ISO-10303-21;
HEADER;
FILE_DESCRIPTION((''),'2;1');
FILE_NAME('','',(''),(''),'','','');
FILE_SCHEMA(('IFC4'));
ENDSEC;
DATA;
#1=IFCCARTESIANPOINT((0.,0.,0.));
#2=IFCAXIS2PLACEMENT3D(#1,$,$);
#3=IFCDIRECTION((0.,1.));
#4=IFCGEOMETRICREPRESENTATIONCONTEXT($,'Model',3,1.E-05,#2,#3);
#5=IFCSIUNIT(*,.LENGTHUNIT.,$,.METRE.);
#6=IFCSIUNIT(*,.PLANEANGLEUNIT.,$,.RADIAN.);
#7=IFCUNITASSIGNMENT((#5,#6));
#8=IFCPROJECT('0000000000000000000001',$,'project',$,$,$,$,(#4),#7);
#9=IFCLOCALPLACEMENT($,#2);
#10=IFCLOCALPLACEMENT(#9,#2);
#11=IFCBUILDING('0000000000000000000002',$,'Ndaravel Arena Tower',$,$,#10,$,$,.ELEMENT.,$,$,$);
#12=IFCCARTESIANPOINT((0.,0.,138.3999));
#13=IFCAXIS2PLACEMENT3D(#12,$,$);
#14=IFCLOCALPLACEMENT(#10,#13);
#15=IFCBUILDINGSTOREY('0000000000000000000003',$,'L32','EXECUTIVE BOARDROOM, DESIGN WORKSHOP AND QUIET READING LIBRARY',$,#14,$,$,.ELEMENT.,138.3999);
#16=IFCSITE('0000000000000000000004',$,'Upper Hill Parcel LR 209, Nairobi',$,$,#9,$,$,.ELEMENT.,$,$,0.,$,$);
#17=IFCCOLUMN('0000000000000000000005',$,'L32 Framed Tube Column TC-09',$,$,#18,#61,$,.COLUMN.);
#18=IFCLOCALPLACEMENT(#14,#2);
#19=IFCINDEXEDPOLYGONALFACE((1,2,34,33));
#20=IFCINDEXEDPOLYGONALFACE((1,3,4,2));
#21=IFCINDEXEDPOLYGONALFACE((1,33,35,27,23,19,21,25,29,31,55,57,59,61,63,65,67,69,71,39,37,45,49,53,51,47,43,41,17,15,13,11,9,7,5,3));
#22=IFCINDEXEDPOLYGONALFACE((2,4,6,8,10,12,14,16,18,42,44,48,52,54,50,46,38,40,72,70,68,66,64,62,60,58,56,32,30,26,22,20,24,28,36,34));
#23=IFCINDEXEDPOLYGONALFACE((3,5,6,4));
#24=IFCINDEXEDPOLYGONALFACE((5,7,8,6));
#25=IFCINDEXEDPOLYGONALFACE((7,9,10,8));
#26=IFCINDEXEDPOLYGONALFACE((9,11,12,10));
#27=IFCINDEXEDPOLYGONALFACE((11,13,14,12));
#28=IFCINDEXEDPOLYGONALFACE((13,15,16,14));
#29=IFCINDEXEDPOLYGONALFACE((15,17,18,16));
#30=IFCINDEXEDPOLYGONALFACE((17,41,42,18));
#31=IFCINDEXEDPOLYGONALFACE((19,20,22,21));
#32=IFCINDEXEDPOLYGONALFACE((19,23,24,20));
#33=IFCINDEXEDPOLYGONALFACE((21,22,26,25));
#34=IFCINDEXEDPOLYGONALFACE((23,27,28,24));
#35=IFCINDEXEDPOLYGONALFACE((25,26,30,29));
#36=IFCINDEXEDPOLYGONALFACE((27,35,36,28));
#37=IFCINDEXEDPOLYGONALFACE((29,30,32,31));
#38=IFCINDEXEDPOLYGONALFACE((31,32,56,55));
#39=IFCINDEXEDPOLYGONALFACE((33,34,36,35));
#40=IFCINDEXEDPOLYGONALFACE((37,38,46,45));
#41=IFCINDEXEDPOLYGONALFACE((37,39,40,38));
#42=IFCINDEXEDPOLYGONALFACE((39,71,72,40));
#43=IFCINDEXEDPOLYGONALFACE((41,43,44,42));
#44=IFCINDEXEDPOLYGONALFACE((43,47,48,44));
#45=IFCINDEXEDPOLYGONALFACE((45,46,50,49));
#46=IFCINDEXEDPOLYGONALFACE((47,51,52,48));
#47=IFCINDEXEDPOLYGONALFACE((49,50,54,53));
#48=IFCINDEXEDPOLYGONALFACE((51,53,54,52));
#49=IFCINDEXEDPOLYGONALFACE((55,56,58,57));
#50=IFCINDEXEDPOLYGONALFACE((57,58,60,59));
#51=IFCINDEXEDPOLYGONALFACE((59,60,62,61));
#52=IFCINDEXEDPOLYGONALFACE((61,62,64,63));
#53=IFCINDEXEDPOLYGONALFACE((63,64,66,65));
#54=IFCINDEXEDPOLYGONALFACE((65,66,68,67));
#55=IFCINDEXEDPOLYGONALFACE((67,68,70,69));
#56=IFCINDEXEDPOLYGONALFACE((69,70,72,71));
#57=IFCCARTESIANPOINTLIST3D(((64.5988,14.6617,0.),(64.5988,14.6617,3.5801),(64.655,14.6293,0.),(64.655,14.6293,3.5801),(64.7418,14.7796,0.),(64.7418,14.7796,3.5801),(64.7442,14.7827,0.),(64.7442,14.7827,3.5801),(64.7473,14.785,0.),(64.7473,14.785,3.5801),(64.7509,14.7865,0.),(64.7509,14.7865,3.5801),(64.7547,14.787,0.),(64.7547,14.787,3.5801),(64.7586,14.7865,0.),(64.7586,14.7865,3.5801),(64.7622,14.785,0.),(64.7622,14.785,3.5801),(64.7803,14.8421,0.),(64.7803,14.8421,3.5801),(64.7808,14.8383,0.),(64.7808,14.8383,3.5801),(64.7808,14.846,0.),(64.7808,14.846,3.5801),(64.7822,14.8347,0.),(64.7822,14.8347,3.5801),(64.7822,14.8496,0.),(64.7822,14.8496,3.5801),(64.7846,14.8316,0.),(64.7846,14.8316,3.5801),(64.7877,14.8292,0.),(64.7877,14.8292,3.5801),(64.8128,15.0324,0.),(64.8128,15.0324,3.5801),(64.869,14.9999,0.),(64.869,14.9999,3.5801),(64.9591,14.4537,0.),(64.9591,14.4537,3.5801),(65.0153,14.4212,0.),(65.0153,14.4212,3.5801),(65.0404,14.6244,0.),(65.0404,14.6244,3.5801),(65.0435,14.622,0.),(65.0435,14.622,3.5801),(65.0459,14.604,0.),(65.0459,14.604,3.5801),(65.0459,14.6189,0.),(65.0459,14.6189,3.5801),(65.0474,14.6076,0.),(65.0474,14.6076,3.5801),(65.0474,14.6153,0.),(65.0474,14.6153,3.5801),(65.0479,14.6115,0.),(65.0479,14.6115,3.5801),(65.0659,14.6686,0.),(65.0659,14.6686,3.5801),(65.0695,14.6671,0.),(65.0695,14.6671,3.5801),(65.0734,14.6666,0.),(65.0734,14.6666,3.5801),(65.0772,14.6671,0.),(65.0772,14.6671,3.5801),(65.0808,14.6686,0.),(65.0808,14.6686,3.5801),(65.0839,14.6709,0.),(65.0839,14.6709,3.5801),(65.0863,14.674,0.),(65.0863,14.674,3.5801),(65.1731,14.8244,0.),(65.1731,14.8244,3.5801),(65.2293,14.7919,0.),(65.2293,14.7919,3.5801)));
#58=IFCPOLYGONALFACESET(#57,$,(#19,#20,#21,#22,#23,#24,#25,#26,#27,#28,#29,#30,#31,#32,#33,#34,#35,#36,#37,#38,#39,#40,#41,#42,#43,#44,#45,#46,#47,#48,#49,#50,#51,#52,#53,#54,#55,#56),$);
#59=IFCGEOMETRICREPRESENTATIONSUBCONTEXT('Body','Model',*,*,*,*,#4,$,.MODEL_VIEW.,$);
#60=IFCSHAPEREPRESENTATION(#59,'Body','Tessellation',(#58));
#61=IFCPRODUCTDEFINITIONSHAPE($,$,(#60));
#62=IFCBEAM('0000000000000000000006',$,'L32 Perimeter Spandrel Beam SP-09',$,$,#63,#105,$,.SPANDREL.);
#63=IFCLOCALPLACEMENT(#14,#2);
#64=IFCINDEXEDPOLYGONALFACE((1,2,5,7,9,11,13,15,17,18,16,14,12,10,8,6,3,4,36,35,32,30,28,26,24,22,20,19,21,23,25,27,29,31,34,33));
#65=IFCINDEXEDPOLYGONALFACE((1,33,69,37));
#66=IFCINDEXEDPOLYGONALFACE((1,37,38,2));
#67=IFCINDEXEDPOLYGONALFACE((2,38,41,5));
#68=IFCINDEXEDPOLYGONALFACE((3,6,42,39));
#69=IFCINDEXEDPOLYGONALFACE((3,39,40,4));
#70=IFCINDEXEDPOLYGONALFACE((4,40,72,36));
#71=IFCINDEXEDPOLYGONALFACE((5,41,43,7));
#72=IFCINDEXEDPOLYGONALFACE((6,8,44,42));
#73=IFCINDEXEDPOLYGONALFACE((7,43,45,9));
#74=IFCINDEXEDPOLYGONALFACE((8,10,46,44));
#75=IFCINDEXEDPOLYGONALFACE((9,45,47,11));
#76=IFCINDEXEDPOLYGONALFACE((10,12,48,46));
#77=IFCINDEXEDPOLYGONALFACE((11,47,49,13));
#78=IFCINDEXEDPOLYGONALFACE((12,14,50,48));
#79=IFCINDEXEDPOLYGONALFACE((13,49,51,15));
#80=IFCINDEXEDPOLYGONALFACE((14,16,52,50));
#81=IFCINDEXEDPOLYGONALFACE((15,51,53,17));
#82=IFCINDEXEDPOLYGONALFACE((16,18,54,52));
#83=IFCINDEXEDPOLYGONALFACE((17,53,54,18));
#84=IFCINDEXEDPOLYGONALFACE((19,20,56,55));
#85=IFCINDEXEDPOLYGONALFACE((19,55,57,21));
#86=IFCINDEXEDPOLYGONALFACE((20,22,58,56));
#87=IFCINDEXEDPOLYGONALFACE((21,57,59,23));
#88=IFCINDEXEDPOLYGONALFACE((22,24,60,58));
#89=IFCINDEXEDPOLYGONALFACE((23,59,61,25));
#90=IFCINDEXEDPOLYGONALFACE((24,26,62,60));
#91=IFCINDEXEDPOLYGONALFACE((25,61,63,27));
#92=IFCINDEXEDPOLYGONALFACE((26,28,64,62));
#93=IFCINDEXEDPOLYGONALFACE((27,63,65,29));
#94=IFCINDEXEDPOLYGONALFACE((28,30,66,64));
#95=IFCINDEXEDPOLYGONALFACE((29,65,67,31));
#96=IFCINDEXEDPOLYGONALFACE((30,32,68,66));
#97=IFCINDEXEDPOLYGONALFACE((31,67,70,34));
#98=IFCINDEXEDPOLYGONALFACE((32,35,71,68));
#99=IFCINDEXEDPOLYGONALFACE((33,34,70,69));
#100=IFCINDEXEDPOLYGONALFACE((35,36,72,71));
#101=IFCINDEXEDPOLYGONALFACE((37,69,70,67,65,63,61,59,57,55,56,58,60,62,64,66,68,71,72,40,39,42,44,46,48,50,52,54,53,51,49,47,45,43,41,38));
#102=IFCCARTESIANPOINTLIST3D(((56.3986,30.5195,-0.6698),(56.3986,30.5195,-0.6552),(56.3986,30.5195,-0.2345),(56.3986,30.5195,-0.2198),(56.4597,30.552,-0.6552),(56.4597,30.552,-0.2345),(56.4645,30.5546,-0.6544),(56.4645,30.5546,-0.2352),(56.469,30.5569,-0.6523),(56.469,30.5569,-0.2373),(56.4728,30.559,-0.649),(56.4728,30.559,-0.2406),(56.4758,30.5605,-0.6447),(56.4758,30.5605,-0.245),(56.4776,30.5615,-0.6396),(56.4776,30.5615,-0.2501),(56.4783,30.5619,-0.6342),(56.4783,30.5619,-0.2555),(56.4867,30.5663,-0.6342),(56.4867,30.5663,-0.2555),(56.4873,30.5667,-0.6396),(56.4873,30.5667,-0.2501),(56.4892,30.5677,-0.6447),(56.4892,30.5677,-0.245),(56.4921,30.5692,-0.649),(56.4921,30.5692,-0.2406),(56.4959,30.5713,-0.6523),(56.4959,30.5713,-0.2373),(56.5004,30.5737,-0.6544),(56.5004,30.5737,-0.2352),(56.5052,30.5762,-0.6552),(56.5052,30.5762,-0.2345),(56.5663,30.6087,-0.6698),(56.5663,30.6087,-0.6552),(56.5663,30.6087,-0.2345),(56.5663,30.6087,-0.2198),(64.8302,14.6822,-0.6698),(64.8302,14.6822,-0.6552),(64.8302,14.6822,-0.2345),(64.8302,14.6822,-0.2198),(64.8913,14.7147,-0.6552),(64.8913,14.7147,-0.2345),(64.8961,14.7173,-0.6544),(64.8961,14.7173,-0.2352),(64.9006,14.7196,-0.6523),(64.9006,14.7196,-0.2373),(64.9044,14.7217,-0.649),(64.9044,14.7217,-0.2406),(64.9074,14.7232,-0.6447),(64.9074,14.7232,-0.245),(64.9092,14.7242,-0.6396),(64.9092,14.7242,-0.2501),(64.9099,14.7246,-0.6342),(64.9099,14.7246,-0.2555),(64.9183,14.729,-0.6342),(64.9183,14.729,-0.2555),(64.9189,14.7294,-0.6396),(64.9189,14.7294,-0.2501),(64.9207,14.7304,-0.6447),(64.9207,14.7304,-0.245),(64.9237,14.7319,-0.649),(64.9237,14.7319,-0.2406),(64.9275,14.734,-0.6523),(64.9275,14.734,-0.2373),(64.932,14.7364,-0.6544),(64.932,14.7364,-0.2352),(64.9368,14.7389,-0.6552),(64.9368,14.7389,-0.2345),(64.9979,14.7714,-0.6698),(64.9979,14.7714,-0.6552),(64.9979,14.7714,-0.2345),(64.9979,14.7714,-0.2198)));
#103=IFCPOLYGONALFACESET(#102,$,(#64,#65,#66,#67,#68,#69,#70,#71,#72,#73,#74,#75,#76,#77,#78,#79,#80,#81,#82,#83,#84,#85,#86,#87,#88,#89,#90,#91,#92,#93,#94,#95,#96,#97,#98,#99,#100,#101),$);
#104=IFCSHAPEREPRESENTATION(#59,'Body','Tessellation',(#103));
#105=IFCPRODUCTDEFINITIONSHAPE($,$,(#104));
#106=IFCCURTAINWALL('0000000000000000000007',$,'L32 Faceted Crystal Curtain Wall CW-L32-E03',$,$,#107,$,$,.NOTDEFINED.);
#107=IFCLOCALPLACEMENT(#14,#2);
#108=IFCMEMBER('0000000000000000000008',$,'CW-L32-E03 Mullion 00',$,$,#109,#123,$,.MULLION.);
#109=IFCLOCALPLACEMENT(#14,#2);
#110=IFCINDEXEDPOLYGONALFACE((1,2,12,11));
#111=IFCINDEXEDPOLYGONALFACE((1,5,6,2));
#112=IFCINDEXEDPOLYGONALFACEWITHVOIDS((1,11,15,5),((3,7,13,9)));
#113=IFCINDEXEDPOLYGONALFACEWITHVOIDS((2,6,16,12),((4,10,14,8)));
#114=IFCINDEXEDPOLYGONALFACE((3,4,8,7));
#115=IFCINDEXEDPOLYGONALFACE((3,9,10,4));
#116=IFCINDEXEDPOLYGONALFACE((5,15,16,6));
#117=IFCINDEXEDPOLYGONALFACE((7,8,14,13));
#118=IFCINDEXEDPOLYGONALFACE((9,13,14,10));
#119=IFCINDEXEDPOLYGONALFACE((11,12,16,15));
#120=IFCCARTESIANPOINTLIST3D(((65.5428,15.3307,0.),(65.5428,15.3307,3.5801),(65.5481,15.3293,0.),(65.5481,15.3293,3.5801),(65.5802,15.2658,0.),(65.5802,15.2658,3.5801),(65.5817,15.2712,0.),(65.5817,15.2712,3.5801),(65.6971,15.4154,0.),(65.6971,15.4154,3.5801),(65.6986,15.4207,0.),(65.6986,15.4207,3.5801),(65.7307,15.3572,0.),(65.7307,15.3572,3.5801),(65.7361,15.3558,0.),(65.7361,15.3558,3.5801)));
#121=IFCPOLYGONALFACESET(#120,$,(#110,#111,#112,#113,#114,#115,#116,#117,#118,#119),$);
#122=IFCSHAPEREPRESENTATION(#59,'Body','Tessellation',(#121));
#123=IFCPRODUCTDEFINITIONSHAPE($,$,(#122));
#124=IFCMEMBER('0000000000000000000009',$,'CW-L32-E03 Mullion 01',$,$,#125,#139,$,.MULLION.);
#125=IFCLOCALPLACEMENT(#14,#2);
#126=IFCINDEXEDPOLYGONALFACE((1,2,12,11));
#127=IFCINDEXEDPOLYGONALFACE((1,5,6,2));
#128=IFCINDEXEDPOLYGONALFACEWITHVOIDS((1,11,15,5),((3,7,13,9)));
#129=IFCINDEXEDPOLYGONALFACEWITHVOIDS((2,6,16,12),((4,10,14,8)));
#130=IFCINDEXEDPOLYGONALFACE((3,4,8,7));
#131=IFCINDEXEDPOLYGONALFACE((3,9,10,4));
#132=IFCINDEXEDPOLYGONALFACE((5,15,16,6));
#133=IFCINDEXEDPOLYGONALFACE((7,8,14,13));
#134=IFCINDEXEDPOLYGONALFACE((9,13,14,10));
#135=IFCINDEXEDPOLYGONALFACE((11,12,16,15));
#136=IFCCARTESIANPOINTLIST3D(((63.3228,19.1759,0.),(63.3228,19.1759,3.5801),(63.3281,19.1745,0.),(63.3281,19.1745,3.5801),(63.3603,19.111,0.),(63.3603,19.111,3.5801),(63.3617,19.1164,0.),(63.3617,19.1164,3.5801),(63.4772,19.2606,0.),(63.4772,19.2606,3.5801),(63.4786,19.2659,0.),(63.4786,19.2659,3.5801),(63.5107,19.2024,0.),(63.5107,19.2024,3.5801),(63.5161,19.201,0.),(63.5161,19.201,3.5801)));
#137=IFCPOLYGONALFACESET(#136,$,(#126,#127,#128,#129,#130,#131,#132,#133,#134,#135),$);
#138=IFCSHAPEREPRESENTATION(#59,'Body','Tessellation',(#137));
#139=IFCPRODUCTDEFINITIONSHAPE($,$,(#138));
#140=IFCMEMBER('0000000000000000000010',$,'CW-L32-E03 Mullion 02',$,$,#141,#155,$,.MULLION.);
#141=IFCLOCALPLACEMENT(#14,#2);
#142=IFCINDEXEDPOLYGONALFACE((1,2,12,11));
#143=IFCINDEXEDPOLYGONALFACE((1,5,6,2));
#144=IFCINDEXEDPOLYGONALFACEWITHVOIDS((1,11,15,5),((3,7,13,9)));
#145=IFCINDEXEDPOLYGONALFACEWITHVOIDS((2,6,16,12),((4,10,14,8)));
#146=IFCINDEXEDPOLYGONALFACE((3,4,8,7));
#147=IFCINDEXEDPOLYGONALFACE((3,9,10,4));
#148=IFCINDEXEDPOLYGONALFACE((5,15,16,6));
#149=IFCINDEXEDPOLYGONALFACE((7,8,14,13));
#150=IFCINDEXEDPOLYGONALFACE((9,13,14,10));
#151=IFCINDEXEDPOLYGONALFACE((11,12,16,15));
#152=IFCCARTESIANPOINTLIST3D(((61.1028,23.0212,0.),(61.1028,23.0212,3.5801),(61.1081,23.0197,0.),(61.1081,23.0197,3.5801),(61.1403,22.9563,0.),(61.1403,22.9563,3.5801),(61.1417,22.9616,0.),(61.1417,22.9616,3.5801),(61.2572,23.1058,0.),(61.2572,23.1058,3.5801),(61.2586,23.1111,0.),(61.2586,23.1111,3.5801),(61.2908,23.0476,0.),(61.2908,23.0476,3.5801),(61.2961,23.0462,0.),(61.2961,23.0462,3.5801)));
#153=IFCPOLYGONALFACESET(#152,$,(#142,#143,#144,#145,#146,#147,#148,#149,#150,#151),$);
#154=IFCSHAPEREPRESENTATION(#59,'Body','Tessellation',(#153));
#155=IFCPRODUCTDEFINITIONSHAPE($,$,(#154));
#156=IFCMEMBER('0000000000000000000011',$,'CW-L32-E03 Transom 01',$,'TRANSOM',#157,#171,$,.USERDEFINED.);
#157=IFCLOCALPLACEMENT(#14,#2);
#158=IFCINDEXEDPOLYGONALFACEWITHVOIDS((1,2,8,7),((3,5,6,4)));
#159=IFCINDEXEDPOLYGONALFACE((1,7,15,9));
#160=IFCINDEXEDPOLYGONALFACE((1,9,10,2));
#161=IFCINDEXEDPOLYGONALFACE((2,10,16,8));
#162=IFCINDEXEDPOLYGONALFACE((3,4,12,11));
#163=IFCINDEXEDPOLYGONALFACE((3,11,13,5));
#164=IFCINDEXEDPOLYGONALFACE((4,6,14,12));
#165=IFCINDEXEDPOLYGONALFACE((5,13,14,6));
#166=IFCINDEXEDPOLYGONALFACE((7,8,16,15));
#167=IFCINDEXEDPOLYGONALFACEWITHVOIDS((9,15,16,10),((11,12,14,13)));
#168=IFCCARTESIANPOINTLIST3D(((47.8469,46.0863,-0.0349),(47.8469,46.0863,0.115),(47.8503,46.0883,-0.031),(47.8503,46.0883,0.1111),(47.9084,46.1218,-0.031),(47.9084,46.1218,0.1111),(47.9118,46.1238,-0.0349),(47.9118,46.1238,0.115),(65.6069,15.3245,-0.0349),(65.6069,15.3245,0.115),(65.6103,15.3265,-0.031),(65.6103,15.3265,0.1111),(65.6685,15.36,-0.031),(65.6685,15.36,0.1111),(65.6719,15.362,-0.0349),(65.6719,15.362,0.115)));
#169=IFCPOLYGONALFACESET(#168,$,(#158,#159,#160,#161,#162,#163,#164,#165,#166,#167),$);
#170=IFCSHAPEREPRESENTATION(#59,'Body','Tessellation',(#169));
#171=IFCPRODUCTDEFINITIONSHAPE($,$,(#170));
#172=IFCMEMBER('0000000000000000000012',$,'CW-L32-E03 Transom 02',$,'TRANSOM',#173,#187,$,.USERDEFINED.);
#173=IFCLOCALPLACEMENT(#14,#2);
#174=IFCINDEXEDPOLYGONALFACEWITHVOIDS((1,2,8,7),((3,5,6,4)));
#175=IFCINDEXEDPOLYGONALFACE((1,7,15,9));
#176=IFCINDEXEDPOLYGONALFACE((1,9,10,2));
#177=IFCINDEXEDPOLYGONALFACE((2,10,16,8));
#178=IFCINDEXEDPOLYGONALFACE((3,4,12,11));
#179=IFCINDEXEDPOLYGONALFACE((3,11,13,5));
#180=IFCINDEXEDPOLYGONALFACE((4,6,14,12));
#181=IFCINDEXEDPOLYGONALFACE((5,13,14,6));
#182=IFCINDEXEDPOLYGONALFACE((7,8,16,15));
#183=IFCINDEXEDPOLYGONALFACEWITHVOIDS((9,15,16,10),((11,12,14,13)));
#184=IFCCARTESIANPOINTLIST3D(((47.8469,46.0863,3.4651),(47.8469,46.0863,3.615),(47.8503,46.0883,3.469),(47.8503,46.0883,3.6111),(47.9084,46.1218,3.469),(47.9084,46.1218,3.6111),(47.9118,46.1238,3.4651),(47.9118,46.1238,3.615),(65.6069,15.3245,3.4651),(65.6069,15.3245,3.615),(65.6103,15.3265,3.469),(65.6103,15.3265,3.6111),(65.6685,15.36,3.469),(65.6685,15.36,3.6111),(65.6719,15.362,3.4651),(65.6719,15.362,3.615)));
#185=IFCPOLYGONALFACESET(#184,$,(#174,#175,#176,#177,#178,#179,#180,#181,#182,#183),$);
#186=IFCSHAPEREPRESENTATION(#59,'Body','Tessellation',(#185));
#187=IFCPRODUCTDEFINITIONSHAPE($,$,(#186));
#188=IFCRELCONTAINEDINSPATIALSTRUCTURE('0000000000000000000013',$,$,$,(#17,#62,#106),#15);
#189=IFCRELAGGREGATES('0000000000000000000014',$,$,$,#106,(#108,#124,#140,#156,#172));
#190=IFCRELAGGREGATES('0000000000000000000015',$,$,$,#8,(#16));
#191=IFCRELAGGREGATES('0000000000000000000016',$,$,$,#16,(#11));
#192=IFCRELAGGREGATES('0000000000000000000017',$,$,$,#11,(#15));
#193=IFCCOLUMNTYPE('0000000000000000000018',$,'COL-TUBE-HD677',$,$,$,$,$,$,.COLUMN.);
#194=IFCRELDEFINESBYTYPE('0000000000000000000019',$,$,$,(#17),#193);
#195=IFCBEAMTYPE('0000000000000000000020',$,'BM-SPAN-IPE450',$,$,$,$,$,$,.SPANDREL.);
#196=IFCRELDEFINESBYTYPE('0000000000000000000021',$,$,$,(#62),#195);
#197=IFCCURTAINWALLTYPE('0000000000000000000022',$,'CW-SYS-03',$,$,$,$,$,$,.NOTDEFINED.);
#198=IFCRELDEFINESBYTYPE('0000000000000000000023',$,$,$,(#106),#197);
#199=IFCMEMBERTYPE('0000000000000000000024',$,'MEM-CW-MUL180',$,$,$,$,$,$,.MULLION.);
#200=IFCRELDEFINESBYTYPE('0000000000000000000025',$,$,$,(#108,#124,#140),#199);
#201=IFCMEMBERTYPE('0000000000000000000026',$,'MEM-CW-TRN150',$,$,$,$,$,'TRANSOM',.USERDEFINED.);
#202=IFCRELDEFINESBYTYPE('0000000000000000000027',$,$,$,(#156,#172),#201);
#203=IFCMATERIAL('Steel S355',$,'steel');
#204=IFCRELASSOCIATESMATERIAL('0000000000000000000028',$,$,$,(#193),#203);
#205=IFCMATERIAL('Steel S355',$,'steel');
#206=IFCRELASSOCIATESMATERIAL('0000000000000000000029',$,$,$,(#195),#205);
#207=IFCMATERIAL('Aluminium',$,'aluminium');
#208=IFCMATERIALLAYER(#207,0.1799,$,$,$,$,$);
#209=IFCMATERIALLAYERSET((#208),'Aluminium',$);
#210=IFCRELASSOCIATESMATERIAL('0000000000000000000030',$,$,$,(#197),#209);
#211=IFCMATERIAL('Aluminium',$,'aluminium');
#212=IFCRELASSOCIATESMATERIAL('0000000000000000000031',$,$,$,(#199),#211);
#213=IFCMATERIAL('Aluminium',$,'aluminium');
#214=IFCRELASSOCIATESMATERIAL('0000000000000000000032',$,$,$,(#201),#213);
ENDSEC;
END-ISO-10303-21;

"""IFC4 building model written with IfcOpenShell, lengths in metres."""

from ifc_helpers import new_model, si_unit, direction, frame, origin, origin_2d, place, context, subcontext, project, spatial, hollow_rectangle, i_section, extrude, material, layer, layer_set, material_profile, profile_set, type_object, element, aggregate, save


model = new_model("IFC4")

# Units and contexts
model_context = context("Model", 3, precision=1e-05, world=origin(), true_north=direction((0.0, 1.0)))
body_context = subcontext(model_context, "Body", "Model", "MODEL_VIEW")
ifc_project = project(units=[si_unit("LENGTHUNIT", "METRE"), si_unit("PLANEANGLEUNIT", "RADIAN")], contexts=[model_context])

# Site, building, storey
site_placement = place(None, origin())
site = spatial("IfcSite", under=ifc_project, at=site_placement, Name="Upper Hill Parcel LR 209, Nairobi", CompositionType="ELEMENT", RefElevation=0.0)
building_placement = place(site_placement, origin())
building = spatial("IfcBuilding", under=site, at=building_placement, Name="Ndaravel Arena Tower", CompositionType="ELEMENT")
storey_placement = place(building_placement, frame((0.0, 0.0, 138.3999)))
storey = spatial("IfcBuildingStorey", under=building, at=storey_placement, Name="L32", Description="EXECUTIVE BOARDROOM, DESIGN WORKSHOP AND QUIET READING LIBRARY", CompositionType="ELEMENT", Elevation=138.3999)

# Column
ifc_material_1 = material(Name="Steel S355", Category="steel")
ifc_material_profile_1 = material_profile(ifc_material_1, i_section(OverallWidth=0.428, OverallDepth=0.481, WebThickness=0.051, FlangeThickness=0.0649, FilletRadius=0.0149, at=origin_2d()), Name="HD 400x677")
ifc_profile_set_1 = profile_set([ifc_material_profile_1], Name="Steel S355")
column_type = type_object("IfcColumnType", Name="COL-TUBE-HD677", PredefinedType="COLUMN", material=ifc_profile_set_1)
column_placement = place(storey_placement, frame((64.9141, 14.7268, 0.0), z_axis=(0.0, 0.0, 1.0), x_axis=(0.5, 0.866025, 0.0)))
element("IfcColumn", 1, at=column_placement, inside=storey, type_object=column_type, Name="L32 Framed Tube Column TC-09", PredefinedType="COLUMN", context=body_context, shape_type="SweptSolid", body=[
    extrude(i_section(OverallWidth=0.428, OverallDepth=0.481, WebThickness=0.051, FlangeThickness=0.0649, FilletRadius=0.0149, at=origin_2d()), origin(), (0.0, 0.0, 1.0), 3.5801),
])

# Beam
ifc_material_2 = material(Name="Steel S355", Category="steel")
ifc_material_profile_2 = material_profile(ifc_material_2, i_section(OverallWidth=0.1899, OverallDepth=0.45, WebThickness=0.0095, FlangeThickness=0.0146, FilletRadius=0.021, at=origin_2d()), Name="IPE 450")
ifc_profile_set_2 = profile_set([ifc_material_profile_2], Name="Steel S355")
beam_type = type_object("IfcBeamType", Name="BM-SPAN-IPE450", PredefinedType="SPANDREL", material=ifc_profile_set_2)
beam_placement = place(storey_placement, frame((64.9141, 14.7268, -0.4448), z_axis=(-0.469938, 0.882699, 0.0), x_axis=(-0.882699, -0.469938, 0.0)))
element("IfcBeam", 2, at=beam_placement, inside=storey, type_object=beam_type, Name="L32 Perimeter Spandrel Beam SP-09", PredefinedType="SPANDREL", context=body_context, shape_type="SweptSolid", body=[
    extrude(i_section(OverallWidth=0.1899, OverallDepth=0.45, WebThickness=0.0095, FlangeThickness=0.0146, FilletRadius=0.021, at=origin_2d()), origin(), (0.0, 0.0, 1.0), 17.9419),
])

# Curtain wall, members
ifc_material_3 = material(Name="Aluminium", Category="aluminium")
ifc_layer_1 = layer(ifc_material_3, 0.1799)
ifc_layer_set_1 = layer_set([ifc_layer_1], Name="Aluminium")
curtain_wall_type = type_object("IfcCurtainWallType", Name="CW-SYS-03", PredefinedType="NOTDEFINED", material=ifc_layer_set_1)
curtain_wall_placement = place(storey_placement, origin())
curtain_wall = element("IfcCurtainWall", 3, at=curtain_wall_placement, inside=storey, type_object=curtain_wall_type, Name="L32 Faceted Crystal Curtain Wall CW-L32-E03", PredefinedType="NOTDEFINED")
ifc_material_4 = material(Name="Aluminium", Category="aluminium")
ifc_material_profile_3 = material_profile(ifc_material_4, hollow_rectangle(XDim=0.075, YDim=0.1799, WallThickness=0.0039, at=origin_2d()), Name="CW MULLION 75x180x4")
ifc_profile_set_3 = profile_set([ifc_material_profile_3], Name="Aluminium")
member_type_1 = type_object("IfcMemberType", Name="MEM-CW-MUL180", PredefinedType="MULLION", material=ifc_profile_set_3)
member_1_placement = place(storey_placement, frame((65.6394, 15.3433, 0.0), z_axis=(0.0, 0.0, 1.0), x_axis=(-0.5, 0.866025, 0.0)))
member_1 = element("IfcMember", 4, at=member_1_placement, type_object=member_type_1, Name="CW-L32-E03 Mullion 00", PredefinedType="MULLION", context=body_context, shape_type="SweptSolid", body=[
    extrude(hollow_rectangle(XDim=0.075, YDim=0.1799, WallThickness=0.0039, at=origin_2d()), origin(), (0.0, 0.0, 1.0), 3.5801),
])
member_2_placement = place(storey_placement, frame((63.4194, 19.1885, 0.0), z_axis=(0.0, 0.0, 1.0), x_axis=(-0.5, 0.866025, 0.0)))
member_2 = element("IfcMember", 5, at=member_2_placement, type_object=member_type_1, Name="CW-L32-E03 Mullion 01", PredefinedType="MULLION", context=body_context, shape_type="SweptSolid", body=[
    extrude(hollow_rectangle(XDim=0.075, YDim=0.1799, WallThickness=0.0039, at=origin_2d()), origin(), (0.0, 0.0, 1.0), 3.5801),
])
member_3_placement = place(storey_placement, frame((61.1995, 23.0337, 0.0), z_axis=(0.0, 0.0, 1.0), x_axis=(-0.5, 0.866025, 0.0)))
member_3 = element("IfcMember", 6, at=member_3_placement, type_object=member_type_1, Name="CW-L32-E03 Mullion 02", PredefinedType="MULLION", context=body_context, shape_type="SweptSolid", body=[
    extrude(hollow_rectangle(XDim=0.075, YDim=0.1799, WallThickness=0.0039, at=origin_2d()), origin(), (0.0, 0.0, 1.0), 3.5801),
])
ifc_material_5 = material(Name="Aluminium", Category="aluminium")
ifc_material_profile_4 = material_profile(ifc_material_5, hollow_rectangle(XDim=0.075, YDim=0.1499, WallThickness=0.0039, at=origin_2d()), Name="CW TRANSOM 75x150x4")
ifc_profile_set_4 = profile_set([ifc_material_profile_4], Name="Aluminium")
member_type_2 = type_object("IfcMemberType", Name="MEM-CW-TRN150", ElementType="TRANSOM", PredefinedType="USERDEFINED", material=ifc_profile_set_4)
member_4_placement = place(storey_placement, frame((65.6394, 15.3433, 0.04), z_axis=(-0.499994, 0.866029, 0.0), x_axis=(-0.866029, -0.499994, 0.0)))
member_4 = element("IfcMember", 7, at=member_4_placement, type_object=member_type_2, Name="CW-L32-E03 Transom 01", ObjectType="TRANSOM", PredefinedType="USERDEFINED", context=body_context, shape_type="SweptSolid", body=[
    extrude(hollow_rectangle(XDim=0.075, YDim=0.1499, WallThickness=0.0039, at=origin_2d()), origin(), (0.0, 0.0, 1.0), 35.5205),
])
member_5_placement = place(storey_placement, frame((65.6394, 15.3433, 3.54), z_axis=(-0.499994, 0.866029, 0.0), x_axis=(-0.866029, -0.499994, 0.0)))
member_5 = element("IfcMember", 8, at=member_5_placement, type_object=member_type_2, Name="CW-L32-E03 Transom 02", ObjectType="TRANSOM", PredefinedType="USERDEFINED", context=body_context, shape_type="SweptSolid", body=[
    extrude(hollow_rectangle(XDim=0.075, YDim=0.1499, WallThickness=0.0039, at=origin_2d()), origin(), (0.0, 0.0, 1.0), 35.5205),
])
aggregate(curtain_wall, [member_1, member_2, member_3, member_4, member_5])

save(model, "model.ifc")
